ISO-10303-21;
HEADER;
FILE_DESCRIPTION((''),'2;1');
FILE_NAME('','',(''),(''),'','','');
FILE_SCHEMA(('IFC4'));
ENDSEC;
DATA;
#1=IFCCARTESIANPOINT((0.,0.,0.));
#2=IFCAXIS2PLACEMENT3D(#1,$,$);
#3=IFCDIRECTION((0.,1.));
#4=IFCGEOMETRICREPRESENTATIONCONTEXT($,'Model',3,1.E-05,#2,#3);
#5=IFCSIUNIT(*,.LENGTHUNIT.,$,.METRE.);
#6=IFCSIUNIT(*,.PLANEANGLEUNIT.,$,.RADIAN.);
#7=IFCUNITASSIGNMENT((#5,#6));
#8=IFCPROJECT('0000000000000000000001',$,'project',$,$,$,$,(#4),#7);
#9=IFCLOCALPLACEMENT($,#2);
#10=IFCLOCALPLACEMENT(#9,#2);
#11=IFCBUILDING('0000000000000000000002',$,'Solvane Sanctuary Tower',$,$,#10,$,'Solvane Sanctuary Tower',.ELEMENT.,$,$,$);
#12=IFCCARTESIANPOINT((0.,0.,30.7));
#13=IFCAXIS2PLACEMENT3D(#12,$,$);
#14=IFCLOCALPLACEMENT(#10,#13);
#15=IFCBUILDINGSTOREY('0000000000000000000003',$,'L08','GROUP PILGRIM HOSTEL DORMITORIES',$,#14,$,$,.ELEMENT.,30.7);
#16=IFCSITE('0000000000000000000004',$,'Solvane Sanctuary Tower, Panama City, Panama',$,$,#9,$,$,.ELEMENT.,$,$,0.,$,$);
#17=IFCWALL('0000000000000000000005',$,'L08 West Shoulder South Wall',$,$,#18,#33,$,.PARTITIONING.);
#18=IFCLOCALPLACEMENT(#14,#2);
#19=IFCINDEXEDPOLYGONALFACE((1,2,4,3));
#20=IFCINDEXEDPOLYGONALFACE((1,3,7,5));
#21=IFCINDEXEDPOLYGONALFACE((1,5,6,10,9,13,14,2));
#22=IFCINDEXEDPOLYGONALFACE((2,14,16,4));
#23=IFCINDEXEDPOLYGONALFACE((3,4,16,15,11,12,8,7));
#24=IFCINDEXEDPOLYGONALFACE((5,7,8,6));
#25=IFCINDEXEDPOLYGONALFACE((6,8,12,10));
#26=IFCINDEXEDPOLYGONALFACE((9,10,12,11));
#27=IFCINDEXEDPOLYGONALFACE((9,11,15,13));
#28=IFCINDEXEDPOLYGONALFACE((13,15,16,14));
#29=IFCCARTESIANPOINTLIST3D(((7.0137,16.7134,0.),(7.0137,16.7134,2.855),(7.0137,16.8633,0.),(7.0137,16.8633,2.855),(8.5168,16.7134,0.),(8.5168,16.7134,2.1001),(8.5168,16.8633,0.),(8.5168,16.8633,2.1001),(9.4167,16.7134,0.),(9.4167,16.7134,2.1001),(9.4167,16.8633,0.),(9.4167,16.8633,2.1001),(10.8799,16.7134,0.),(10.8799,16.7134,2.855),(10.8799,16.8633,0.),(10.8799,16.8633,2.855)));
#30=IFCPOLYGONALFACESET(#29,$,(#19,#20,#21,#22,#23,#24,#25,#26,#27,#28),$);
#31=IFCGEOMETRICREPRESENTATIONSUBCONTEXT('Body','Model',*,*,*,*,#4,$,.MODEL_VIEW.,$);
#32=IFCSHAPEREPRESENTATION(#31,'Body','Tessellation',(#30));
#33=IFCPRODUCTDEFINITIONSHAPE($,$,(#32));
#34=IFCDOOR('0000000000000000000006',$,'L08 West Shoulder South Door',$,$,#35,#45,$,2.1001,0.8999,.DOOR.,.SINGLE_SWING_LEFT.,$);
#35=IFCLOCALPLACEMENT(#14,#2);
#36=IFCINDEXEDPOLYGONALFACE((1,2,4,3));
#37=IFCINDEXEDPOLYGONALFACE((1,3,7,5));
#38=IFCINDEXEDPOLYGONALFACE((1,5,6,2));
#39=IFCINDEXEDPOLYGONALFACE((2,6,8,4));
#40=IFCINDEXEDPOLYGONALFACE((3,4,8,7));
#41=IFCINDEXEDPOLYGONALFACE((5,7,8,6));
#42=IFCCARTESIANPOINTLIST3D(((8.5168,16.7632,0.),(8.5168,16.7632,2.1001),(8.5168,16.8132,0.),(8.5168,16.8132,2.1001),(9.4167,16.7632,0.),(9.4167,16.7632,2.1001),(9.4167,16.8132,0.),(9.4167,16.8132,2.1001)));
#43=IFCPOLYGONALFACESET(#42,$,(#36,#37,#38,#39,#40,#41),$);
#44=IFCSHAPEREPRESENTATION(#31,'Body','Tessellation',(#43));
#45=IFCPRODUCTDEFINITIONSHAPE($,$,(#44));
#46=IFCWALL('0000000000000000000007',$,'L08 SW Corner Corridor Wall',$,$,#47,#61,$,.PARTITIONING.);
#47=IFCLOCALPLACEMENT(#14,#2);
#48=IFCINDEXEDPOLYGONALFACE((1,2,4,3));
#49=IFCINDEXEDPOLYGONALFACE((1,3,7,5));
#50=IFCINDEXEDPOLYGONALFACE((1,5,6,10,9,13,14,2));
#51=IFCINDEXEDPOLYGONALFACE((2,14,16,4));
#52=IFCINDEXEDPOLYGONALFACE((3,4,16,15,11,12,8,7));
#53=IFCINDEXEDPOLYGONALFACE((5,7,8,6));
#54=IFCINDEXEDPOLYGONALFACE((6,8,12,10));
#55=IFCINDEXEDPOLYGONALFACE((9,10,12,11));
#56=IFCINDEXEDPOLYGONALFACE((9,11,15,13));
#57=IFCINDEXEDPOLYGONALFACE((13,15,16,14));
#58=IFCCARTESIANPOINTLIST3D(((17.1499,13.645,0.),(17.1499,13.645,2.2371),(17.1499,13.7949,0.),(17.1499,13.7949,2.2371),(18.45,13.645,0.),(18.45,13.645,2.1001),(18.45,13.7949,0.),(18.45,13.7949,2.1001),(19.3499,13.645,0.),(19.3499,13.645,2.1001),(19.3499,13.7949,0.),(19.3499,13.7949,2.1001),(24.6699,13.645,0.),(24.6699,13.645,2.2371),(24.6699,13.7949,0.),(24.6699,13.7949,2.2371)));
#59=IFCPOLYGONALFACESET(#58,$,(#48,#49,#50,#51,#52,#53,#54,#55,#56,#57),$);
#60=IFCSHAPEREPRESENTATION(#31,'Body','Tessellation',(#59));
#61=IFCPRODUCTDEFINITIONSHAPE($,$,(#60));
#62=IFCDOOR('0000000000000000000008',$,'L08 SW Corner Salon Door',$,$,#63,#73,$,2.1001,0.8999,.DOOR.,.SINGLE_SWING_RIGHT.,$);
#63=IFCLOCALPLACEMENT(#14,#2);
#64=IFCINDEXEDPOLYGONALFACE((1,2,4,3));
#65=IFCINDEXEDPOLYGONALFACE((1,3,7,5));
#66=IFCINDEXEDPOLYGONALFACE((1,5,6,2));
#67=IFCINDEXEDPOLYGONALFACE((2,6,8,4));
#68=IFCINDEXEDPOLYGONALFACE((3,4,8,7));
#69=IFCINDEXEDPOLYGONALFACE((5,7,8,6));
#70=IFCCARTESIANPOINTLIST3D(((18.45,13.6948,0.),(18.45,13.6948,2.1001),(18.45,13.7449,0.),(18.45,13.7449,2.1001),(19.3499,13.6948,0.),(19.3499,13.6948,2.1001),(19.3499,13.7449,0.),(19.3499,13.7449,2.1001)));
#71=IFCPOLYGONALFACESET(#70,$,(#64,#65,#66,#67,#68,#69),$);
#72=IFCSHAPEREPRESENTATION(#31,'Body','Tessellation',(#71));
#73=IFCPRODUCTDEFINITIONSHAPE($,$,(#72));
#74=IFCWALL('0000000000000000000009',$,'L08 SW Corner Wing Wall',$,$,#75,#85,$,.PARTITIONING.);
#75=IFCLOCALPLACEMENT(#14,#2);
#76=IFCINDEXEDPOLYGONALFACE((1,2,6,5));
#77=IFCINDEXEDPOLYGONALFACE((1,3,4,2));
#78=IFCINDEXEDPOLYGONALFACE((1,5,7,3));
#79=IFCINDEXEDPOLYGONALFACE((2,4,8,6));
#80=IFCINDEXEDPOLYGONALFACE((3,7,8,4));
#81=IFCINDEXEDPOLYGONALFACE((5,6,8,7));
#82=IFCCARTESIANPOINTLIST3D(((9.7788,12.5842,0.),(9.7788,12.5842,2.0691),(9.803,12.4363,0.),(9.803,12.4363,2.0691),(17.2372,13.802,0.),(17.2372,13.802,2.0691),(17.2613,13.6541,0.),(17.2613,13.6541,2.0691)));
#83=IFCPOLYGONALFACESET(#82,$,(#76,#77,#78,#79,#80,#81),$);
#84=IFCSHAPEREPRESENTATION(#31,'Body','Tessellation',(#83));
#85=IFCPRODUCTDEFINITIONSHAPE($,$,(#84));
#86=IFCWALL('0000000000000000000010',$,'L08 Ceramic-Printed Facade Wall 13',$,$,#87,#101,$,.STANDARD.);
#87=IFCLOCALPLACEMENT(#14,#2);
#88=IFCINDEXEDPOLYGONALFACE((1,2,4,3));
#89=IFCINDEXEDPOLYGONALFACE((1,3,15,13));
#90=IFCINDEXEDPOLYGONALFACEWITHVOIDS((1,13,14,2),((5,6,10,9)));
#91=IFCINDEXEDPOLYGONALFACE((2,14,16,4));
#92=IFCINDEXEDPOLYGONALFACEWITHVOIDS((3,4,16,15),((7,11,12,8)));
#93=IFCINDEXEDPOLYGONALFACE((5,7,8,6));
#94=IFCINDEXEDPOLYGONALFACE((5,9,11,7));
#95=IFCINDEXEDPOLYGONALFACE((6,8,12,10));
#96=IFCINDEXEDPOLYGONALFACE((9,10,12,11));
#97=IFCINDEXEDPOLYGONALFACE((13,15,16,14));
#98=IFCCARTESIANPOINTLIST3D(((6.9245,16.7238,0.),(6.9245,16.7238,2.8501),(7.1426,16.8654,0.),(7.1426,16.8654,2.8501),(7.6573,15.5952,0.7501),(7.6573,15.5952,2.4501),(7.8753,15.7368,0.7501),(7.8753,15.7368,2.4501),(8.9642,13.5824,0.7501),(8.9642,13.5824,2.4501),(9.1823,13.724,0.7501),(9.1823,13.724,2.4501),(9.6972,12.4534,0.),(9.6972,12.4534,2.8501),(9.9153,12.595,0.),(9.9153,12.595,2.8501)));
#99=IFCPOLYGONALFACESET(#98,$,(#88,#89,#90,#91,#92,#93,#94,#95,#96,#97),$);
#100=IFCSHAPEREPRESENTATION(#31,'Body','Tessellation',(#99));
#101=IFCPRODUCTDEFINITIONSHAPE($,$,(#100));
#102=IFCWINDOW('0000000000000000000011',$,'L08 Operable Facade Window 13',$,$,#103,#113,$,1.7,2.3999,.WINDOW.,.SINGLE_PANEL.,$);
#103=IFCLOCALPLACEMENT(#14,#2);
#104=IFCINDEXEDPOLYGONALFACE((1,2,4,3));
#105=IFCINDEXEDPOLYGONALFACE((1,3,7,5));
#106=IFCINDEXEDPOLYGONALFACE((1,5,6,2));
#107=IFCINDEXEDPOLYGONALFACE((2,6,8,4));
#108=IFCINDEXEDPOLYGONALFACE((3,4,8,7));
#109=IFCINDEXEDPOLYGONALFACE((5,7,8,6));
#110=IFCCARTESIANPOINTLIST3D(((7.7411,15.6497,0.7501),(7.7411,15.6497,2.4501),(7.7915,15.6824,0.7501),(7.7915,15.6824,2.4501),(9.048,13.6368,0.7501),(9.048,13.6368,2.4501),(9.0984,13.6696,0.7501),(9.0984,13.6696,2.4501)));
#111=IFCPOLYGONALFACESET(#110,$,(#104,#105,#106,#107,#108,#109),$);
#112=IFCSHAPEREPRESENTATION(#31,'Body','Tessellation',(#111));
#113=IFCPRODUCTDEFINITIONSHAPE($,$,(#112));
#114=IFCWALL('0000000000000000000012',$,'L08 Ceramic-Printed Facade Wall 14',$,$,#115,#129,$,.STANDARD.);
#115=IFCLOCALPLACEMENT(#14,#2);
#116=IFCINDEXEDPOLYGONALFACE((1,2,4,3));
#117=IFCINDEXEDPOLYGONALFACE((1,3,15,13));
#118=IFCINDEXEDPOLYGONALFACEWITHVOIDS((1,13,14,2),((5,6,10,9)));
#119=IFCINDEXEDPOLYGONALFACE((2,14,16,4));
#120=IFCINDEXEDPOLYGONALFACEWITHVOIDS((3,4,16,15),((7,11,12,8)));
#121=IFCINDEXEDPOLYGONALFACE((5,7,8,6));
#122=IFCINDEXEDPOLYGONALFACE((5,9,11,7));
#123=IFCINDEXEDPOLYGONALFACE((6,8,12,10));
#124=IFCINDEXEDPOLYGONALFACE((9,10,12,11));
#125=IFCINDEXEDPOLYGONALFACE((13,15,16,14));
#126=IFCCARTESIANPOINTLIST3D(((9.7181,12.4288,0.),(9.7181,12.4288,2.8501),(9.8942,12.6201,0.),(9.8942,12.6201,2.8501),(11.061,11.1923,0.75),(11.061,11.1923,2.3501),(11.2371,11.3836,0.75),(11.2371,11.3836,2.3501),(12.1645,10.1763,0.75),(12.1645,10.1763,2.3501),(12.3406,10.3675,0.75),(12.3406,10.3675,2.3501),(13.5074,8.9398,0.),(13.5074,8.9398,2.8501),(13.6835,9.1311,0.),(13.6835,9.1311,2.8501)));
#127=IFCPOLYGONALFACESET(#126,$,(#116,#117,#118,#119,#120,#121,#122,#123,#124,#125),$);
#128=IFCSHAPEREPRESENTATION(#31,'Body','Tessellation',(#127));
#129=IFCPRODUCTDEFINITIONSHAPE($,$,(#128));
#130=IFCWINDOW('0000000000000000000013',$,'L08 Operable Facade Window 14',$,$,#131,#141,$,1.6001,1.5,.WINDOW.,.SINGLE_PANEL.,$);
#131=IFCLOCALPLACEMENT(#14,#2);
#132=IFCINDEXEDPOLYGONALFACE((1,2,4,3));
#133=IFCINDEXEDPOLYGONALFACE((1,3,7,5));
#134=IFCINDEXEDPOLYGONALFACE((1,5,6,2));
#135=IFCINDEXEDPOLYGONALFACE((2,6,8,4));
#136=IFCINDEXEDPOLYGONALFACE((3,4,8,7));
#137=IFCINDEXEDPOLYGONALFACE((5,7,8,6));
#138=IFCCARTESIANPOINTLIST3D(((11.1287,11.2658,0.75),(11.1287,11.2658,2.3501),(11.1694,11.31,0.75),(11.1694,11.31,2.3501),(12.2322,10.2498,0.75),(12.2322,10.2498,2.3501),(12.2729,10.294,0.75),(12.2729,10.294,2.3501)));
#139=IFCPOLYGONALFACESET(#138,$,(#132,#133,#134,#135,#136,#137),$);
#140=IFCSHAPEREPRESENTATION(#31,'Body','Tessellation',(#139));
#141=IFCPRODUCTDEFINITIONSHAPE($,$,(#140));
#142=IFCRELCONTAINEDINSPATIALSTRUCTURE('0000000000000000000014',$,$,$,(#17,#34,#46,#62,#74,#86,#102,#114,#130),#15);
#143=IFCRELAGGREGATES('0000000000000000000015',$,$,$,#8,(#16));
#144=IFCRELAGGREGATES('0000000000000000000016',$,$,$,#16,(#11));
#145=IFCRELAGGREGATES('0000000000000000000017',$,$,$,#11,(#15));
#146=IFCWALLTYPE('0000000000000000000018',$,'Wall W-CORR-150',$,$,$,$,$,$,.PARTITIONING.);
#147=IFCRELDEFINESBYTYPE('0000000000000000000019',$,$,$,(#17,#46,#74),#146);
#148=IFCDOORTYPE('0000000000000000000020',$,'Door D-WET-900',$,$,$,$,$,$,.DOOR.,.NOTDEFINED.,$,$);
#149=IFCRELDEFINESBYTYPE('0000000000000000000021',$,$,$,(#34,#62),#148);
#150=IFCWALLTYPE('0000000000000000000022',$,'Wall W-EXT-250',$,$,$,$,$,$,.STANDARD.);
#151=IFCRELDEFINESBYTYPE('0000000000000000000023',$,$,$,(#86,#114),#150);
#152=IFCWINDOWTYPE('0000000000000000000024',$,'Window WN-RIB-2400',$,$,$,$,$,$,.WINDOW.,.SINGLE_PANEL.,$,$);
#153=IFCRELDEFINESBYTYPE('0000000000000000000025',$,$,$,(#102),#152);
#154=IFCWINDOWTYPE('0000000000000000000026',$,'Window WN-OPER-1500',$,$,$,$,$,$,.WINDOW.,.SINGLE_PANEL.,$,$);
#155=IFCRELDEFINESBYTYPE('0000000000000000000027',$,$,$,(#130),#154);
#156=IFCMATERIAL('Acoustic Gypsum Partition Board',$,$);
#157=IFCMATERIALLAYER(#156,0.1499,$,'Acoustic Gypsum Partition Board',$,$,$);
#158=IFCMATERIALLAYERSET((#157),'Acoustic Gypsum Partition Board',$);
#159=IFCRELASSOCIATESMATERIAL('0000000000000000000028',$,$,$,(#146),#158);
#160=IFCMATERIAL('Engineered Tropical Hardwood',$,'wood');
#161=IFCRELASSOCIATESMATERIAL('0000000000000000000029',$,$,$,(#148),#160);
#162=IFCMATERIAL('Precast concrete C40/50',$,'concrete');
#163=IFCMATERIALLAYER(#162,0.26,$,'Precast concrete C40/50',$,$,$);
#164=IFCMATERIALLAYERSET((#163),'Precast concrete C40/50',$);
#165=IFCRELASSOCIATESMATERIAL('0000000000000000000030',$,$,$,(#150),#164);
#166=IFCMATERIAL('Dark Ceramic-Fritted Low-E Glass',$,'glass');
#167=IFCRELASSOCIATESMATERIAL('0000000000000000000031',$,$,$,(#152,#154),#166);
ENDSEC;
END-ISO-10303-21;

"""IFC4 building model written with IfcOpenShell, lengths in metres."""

from ifc_helpers import new_model, si_unit, direction, frame, frame_2d, origin, place, context, subcontext, project, spatial, rectangle, extrude, material, layer, layer_set, type_object, element, fill, save


model = new_model("IFC4")

# Units and contexts
model_context = context("Model", 3, precision=1e-05, world=origin(), true_north=direction((0.0, 1.0)))
body_context = subcontext(model_context, "Body", "Model", "MODEL_VIEW")
ifc_project = project(units=[si_unit("LENGTHUNIT", "METRE"), si_unit("PLANEANGLEUNIT", "RADIAN")], contexts=[model_context])

# Site, building, storey
site_placement = place(None, origin())
site = spatial("IfcSite", under=ifc_project, at=site_placement, Name="Solvane Sanctuary Tower, Panama City, Panama", CompositionType="ELEMENT", RefElevation=0.0)
building_placement = place(site_placement, origin())
building = spatial("IfcBuilding", under=site, at=building_placement, Name="Solvane Sanctuary Tower", LongName="Solvane Sanctuary Tower", CompositionType="ELEMENT")
storey_placement = place(building_placement, frame((0.0, 0.0, 30.7)))
storey = spatial("IfcBuildingStorey", under=building, at=storey_placement, Name="L08", Description="GROUP PILGRIM HOSTEL DORMITORIES", CompositionType="ELEMENT", Elevation=30.7)

# Shared definitions
ifc_material_1 = material(Name="Acoustic Gypsum Partition Board")
ifc_layer_1 = layer(ifc_material_1, 0.1499, Name="Acoustic Gypsum Partition Board")
ifc_layer_set_1 = layer_set([ifc_layer_1], Name="Acoustic Gypsum Partition Board")
wall_type_1 = type_object("IfcWallType", Name="Wall W-CORR-150", PredefinedType="PARTITIONING", material=ifc_layer_set_1)

# Walls, openings, doors
wall_1_placement = place(storey_placement, frame((7.0137, 16.7883, 0.0), z_axis=(0.0, 0.0, 1.0), x_axis=(1.0, 0.0, 0.0)))
wall_1 = element("IfcWall", 1, at=wall_1_placement, inside=storey, type_object=wall_type_1, Name="L08 West Shoulder South Wall", PredefinedType="PARTITIONING", context=body_context, shape_type="SweptSolid", body=[
    extrude(rectangle(XDim=3.8662, YDim=0.1499, at=frame_2d((1.9331, 0.0))), origin(), (0.0, 0.0, 1.0), 2.855),
])
opening_1_placement = place(wall_1_placement, frame((1.5032, 0.0, 0.0)))
opening_1 = element("IfcOpeningElement", 2, at=opening_1_placement, cuts=wall_1, PredefinedType="OPENING", context=body_context, shape_type="SweptSolid", body=[
    extrude(rectangle(XDim=0.8999, YDim=2.1001, at=frame_2d((0.45, 1.05))), frame((0.0, 0.085, 0.0), z_axis=(0.0, -1.0, 0.0), x_axis=(1.0, 0.0, 0.0)), (0.0, 0.0, 1.0), 0.1699),
])
ifc_material_2 = material(Name="Engineered Tropical Hardwood", Category="wood")
door_type_1 = type_object("IfcDoorType", Name="Door D-WET-900", OperationType="NOTDEFINED", PredefinedType="DOOR", material=ifc_material_2)
door_1_placement = place(opening_1_placement, origin())
door_1 = element("IfcDoor", 3, at=door_1_placement, inside=storey, type_object=door_type_1, Name="L08 West Shoulder South Door", OperationType="SINGLE_SWING_LEFT", OverallHeight=2.1001, OverallWidth=0.8999, PredefinedType="DOOR", context=body_context, shape_type="SweptSolid", body=[
    extrude(rectangle(XDim=0.8999, YDim=2.1001, at=frame_2d((0.45, 1.05))), frame((0.0, 0.0249, 0.0), z_axis=(0.0, -1.0, 0.0), x_axis=(1.0, 0.0, 0.0)), (0.0, 0.0, 1.0), 0.05),
])
fill(opening_1, door_1)
wall_2_placement = place(storey_placement, frame((17.1499, 13.72, 0.0), z_axis=(0.0, 0.0, 1.0), x_axis=(1.0, 0.0, 0.0)))
wall_2 = element("IfcWall", 4, at=wall_2_placement, inside=storey, type_object=wall_type_1, Name="L08 SW Corner Corridor Wall", PredefinedType="PARTITIONING", context=body_context, shape_type="SweptSolid", body=[
    extrude(rectangle(XDim=7.52, YDim=0.1499, at=frame_2d((3.76, 0.0))), origin(), (0.0, 0.0, 1.0), 2.2371),
])
opening_2_placement = place(wall_2_placement, frame((1.3, 0.0, 0.0)))
opening_2 = element("IfcOpeningElement", 5, at=opening_2_placement, cuts=wall_2, PredefinedType="OPENING", context=body_context, shape_type="SweptSolid", body=[
    extrude(rectangle(XDim=0.8999, YDim=2.1001, at=frame_2d((0.45, 1.05))), frame((0.0, 0.085, 0.0), z_axis=(0.0, -1.0, 0.0), x_axis=(1.0, 0.0, 0.0)), (0.0, 0.0, 1.0), 0.1699),
])
door_2_placement = place(opening_2_placement, origin())
door_2 = element("IfcDoor", 6, at=door_2_placement, inside=storey, type_object=door_type_1, Name="L08 SW Corner Salon Door", OperationType="SINGLE_SWING_RIGHT", OverallHeight=2.1001, OverallWidth=0.8999, PredefinedType="DOOR", context=body_context, shape_type="SweptSolid", body=[
    extrude(rectangle(XDim=0.8999, YDim=2.1001, at=frame_2d((0.45, 1.05))), frame((0.0, 0.0249, 0.0), z_axis=(0.0, -1.0, 0.0), x_axis=(1.0, 0.0, 0.0)), (0.0, 0.0, 1.0), 0.05),
])
fill(opening_2, door_2)

# Wall
wall_3_placement = place(storey_placement, frame((17.2493, 13.728, 0.0), z_axis=(0.0, 0.0, 1.0), x_axis=(-0.986931, -0.161145, 0.0)))
element("IfcWall", 7, at=wall_3_placement, inside=storey, type_object=wall_type_1, Name="L08 SW Corner Wing Wall", PredefinedType="PARTITIONING", context=body_context, shape_type="SweptSolid", body=[
    extrude(rectangle(XDim=7.5571, YDim=0.1499, at=frame_2d((3.7786, 0.0))), origin(), (0.0, 0.0, 1.0), 2.0691),
])

# Walls, openings, windows
ifc_material_3 = material(Name="Precast concrete C40/50", Category="concrete")
ifc_layer_2 = layer(ifc_material_3, 0.26, Name="Precast concrete C40/50")
ifc_layer_set_2 = layer_set([ifc_layer_2], Name="Precast concrete C40/50")
wall_type_2 = type_object("IfcWallType", Name="Wall W-EXT-250", PredefinedType="STANDARD", material=ifc_layer_set_2)
wall_4_placement = place(storey_placement, frame((7.0334, 16.7947, 0.0), z_axis=(0.0, 0.0, 1.0), x_axis=(0.544579, -0.83871, 0.0)))
wall_4 = element("IfcWall", 8, at=wall_4_placement, inside=storey, type_object=wall_type_2, Name="L08 Ceramic-Printed Facade Wall 13", PredefinedType="STANDARD", context=body_context, shape_type="SweptSolid", body=[
    extrude(rectangle(XDim=5.0916, YDim=0.26, at=frame_2d((2.5459, 0.0))), origin(), (0.0, 0.0, 1.0), 2.8501),
])
opening_3_placement = place(wall_4_placement, frame((1.3457, 0.0, 0.75)))
opening_3 = element("IfcOpeningElement", 9, at=opening_3_placement, cuts=wall_4, PredefinedType="OPENING", context=body_context, shape_type="SweptSolid", body=[
    extrude(rectangle(XDim=2.3999, YDim=1.7, at=frame_2d((1.2, 0.8501))), frame((0.0, 0.1399, 0.0), z_axis=(0.0, -1.0, 0.0), x_axis=(1.0, 0.0, 0.0)), (0.0, 0.0, 1.0), 0.28),
])
ifc_material_4 = material(Name="Dark Ceramic-Fritted Low-E Glass", Category="glass")
window_type_1 = type_object("IfcWindowType", Name="Window WN-RIB-2400", PartitioningType="SINGLE_PANEL", PredefinedType="WINDOW", material=ifc_material_4)
window_1_placement = place(opening_3_placement, origin())
window_1 = element("IfcWindow", 10, at=window_1_placement, inside=storey, type_object=window_type_1, Name="L08 Operable Facade Window 13", OverallHeight=1.7, OverallWidth=2.3999, PartitioningType="SINGLE_PANEL", PredefinedType="WINDOW", context=body_context, shape_type="SweptSolid", body=[
    extrude(rectangle(XDim=2.3999, YDim=1.7, at=frame_2d((1.2, 0.8501))), frame((0.0, 0.03, 0.0), z_axis=(0.0, -1.0, 0.0), x_axis=(1.0, 0.0, 0.0)), (0.0, 0.0, 1.0), 0.0601),
])
fill(opening_3, window_1)
wall_5_placement = place(storey_placement, frame((9.8062, 12.5244, 0.0), z_axis=(0.0, 0.0, 1.0), x_axis=(0.735655, -0.677356, 0.0)))
wall_5 = element("IfcWall", 11, at=wall_5_placement, inside=storey, type_object=wall_type_2, Name="L08 Ceramic-Printed Facade Wall 14", PredefinedType="STANDARD", context=body_context, shape_type="SweptSolid", body=[
    extrude(rectangle(XDim=5.1509, YDim=0.26, at=frame_2d((2.5754, 0.0))), origin(), (0.0, 0.0, 1.0), 2.8501),
])
opening_4_placement = place(wall_5_placement, frame((1.8254, 0.0, 0.75)))
opening_4 = element("IfcOpeningElement", 12, at=opening_4_placement, cuts=wall_5, PredefinedType="OPENING", context=body_context, shape_type="SweptSolid", body=[
    extrude(rectangle(XDim=1.5, YDim=1.6001, at=frame_2d((0.75, 0.8))), frame((0.0, 0.1399, 0.0), z_axis=(0.0, -1.0, 0.0), x_axis=(1.0, 0.0, 0.0)), (0.0, 0.0, 1.0), 0.28),
])
window_type_2 = type_object("IfcWindowType", Name="Window WN-OPER-1500", PartitioningType="SINGLE_PANEL", PredefinedType="WINDOW", material=ifc_material_4)
window_2_placement = place(opening_4_placement, origin())
window_2 = element("IfcWindow", 13, at=window_2_placement, inside=storey, type_object=window_type_2, Name="L08 Operable Facade Window 14", OverallHeight=1.6001, OverallWidth=1.5, PartitioningType="SINGLE_PANEL", PredefinedType="WINDOW", context=body_context, shape_type="SweptSolid", body=[
    extrude(rectangle(XDim=1.5, YDim=1.6001, at=frame_2d((0.75, 0.8))), frame((0.0, 0.03, 0.0), z_axis=(0.0, -1.0, 0.0), x_axis=(1.0, 0.0, 0.0)), (0.0, 0.0, 1.0), 0.0601),
])
fill(opening_4, window_2)

save(model, "model.ifc")
